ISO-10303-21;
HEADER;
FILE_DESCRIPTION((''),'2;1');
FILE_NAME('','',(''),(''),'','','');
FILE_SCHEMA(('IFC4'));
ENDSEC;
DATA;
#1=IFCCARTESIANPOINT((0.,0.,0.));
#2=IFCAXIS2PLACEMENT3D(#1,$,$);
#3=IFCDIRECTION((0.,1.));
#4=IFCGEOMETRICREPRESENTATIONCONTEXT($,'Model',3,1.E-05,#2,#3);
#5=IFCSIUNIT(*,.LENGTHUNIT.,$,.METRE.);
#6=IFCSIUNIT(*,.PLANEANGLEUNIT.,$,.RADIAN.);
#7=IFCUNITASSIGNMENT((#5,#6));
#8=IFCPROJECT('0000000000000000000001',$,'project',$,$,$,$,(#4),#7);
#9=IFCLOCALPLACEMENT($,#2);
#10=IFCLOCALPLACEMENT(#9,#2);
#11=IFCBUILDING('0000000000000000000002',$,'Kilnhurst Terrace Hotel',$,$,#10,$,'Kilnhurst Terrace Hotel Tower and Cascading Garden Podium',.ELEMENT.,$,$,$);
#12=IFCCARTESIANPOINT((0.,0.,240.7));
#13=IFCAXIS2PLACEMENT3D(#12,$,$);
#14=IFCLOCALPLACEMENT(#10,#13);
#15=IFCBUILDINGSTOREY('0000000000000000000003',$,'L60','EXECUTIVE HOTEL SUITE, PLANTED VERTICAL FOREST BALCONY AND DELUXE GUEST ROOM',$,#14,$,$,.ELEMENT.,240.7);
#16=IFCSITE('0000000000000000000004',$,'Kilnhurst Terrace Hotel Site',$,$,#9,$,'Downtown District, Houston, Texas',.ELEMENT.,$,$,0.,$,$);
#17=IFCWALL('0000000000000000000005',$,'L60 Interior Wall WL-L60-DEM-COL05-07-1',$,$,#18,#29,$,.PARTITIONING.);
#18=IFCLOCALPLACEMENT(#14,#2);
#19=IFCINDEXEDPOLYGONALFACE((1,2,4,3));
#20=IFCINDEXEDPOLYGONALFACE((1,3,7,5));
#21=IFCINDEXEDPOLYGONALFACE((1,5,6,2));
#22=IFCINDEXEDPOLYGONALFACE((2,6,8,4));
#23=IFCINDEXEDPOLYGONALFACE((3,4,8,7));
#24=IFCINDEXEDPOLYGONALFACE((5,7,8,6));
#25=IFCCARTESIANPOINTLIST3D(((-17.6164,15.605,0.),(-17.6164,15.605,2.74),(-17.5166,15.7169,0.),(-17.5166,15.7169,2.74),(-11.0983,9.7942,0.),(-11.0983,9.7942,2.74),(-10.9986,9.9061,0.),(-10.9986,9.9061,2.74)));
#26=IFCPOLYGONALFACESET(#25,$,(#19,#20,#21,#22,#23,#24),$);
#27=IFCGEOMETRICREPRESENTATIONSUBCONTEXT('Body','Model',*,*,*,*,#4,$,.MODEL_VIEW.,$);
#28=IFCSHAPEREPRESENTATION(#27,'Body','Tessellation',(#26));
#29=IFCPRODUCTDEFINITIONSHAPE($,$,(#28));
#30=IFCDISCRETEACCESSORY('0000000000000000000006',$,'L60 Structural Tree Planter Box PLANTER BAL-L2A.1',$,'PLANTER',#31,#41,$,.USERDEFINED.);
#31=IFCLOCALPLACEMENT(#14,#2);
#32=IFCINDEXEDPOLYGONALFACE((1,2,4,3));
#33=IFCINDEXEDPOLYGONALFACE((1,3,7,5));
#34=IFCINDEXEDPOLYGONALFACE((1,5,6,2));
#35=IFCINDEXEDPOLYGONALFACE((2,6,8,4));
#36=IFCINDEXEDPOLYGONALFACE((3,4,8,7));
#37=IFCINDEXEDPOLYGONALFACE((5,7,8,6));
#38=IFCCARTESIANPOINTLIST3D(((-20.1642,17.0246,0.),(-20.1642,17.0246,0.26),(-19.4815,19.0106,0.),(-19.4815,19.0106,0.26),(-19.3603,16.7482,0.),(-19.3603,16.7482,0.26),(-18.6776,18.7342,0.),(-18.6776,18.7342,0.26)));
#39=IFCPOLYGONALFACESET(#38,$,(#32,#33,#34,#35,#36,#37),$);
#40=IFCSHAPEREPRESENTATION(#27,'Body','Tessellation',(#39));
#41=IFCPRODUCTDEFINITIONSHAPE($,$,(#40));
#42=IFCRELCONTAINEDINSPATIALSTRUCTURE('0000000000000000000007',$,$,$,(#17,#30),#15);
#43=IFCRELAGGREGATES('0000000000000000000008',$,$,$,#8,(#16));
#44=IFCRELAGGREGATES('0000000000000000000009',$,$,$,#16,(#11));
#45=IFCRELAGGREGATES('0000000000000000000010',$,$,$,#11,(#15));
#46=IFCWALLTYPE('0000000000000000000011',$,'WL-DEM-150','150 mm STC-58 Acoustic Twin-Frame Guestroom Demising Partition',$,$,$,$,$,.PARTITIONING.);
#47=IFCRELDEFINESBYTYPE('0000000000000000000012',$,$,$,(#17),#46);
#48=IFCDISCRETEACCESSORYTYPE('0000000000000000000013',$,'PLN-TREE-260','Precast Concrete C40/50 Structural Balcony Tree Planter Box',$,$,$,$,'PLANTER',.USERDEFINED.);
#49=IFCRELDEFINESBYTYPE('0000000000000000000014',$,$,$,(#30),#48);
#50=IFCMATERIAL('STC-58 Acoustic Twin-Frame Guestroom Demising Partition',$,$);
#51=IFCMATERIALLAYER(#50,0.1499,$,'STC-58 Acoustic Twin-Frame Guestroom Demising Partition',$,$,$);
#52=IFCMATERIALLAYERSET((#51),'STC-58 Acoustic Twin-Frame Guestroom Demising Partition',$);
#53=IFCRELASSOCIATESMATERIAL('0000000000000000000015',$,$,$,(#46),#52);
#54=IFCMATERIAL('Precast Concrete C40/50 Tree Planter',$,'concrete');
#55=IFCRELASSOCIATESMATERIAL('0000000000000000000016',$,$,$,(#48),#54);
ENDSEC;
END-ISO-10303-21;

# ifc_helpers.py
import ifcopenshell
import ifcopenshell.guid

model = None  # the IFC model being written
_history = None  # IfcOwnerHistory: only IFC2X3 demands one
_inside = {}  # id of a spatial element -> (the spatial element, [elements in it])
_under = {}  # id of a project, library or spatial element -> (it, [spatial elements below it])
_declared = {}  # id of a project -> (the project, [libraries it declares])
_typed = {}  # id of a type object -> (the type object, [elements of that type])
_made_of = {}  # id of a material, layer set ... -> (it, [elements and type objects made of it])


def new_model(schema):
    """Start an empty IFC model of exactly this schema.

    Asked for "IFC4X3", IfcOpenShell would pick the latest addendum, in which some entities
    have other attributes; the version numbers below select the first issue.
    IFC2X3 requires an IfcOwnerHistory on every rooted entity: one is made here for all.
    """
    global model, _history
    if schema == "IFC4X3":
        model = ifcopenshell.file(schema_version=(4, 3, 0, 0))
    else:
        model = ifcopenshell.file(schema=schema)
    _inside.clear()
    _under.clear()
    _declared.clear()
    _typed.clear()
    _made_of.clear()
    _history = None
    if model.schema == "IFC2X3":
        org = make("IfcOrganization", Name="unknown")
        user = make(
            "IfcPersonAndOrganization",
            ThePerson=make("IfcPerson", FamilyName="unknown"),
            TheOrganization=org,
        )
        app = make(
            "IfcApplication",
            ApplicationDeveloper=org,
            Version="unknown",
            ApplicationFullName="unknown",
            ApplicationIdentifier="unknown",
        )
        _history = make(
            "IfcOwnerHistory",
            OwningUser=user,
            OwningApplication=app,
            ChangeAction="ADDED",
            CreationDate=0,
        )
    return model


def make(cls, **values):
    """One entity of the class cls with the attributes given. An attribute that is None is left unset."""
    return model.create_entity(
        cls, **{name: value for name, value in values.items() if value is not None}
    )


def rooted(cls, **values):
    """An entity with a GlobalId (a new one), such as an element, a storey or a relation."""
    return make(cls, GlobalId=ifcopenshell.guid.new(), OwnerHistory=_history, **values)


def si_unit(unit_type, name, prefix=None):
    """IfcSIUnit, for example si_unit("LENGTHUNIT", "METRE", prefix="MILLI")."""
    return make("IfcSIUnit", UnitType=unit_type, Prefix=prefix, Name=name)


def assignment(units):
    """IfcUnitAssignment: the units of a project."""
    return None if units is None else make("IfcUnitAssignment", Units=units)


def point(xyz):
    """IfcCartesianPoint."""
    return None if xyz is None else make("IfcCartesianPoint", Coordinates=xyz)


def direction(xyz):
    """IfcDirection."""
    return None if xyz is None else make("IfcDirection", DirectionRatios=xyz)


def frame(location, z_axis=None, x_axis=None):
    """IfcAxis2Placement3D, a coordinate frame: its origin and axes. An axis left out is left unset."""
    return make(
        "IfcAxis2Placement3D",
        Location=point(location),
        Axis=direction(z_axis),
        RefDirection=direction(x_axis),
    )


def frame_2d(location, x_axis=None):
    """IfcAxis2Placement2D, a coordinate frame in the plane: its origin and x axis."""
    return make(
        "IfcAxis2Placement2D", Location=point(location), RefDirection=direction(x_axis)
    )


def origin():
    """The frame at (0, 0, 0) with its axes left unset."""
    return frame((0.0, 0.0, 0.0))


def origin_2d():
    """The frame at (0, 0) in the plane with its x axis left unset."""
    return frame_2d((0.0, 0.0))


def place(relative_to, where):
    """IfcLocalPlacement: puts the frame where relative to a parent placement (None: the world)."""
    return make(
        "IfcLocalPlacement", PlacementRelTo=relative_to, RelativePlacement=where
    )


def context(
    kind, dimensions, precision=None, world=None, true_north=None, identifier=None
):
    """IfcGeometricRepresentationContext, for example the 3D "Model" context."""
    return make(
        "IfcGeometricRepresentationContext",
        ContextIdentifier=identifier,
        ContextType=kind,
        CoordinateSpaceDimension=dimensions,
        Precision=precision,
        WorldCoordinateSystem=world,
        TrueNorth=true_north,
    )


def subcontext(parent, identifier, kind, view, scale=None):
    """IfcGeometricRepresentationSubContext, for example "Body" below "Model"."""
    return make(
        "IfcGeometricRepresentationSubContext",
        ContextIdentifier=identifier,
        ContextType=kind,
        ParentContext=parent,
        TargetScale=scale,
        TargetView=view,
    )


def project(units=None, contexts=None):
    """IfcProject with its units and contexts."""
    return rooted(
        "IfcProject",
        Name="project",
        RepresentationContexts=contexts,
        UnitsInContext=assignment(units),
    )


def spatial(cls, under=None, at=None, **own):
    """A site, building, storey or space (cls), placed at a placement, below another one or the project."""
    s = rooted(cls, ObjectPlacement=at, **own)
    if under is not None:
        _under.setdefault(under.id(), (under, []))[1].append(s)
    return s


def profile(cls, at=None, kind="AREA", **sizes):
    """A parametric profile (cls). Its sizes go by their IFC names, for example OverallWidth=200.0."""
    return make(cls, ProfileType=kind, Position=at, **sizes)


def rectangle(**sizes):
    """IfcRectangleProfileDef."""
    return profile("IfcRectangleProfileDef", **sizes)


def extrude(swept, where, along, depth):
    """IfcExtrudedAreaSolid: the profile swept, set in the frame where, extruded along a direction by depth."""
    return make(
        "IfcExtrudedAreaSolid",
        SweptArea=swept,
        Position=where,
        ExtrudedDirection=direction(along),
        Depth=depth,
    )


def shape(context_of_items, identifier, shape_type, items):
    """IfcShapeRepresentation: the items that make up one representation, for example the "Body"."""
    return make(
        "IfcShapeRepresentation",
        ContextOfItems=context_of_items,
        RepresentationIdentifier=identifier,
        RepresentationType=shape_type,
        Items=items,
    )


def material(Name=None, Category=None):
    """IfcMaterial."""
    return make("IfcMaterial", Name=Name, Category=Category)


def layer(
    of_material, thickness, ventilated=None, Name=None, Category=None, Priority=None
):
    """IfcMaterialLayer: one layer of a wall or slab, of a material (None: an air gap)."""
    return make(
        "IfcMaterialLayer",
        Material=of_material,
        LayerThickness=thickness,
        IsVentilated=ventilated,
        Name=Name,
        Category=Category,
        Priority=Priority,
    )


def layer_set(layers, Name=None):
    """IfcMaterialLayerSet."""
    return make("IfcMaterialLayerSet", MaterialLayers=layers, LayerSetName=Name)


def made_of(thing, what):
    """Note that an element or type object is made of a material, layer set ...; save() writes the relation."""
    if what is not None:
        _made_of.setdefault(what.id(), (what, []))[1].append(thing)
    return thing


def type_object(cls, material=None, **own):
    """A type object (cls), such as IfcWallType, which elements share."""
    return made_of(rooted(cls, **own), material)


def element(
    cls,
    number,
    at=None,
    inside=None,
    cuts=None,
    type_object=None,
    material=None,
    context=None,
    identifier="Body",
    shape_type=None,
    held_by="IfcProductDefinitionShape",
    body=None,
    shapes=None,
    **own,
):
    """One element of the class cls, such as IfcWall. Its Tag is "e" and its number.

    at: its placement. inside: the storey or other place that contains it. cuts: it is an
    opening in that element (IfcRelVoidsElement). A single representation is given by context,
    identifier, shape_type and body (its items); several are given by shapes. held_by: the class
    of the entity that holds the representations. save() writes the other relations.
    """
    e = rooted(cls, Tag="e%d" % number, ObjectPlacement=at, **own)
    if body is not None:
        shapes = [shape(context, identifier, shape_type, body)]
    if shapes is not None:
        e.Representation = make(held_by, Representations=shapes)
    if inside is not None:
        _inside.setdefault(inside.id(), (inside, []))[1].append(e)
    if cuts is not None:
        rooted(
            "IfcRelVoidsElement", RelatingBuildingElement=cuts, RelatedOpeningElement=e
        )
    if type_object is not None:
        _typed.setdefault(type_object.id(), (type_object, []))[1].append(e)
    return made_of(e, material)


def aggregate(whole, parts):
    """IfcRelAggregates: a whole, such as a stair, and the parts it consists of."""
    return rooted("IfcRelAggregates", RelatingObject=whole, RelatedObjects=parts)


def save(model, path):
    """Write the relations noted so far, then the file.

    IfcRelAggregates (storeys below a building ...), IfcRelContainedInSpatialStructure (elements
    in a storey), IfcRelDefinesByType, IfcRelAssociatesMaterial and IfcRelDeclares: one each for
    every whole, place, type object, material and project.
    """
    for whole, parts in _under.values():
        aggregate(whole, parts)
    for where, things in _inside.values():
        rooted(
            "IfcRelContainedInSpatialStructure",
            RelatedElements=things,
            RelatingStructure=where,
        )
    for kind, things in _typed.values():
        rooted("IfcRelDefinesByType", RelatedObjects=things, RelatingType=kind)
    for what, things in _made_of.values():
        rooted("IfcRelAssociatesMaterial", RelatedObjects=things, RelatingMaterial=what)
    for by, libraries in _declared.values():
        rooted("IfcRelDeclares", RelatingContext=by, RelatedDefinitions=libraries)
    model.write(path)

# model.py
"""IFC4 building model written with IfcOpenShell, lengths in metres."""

from ifc_helpers import new_model, si_unit, direction, frame, frame_2d, origin, origin_2d, place, context, subcontext, project, spatial, rectangle, extrude, material, layer, layer_set, type_object, element, save


model = new_model("IFC4")

# Units and contexts
model_context = context("Model", 3, precision=1e-05, world=origin(), true_north=direction((0.0, 1.0)))
body_context = subcontext(model_context, "Body", "Model", "MODEL_VIEW")
ifc_project = project(units=[si_unit("LENGTHUNIT", "METRE"), si_unit("PLANEANGLEUNIT", "RADIAN")], contexts=[model_context])

# Site, building, storey
site_placement = place(None, origin())
site = spatial("IfcSite", under=ifc_project, at=site_placement, Name="Kilnhurst Terrace Hotel Site", LongName="Downtown District, Houston, Texas", CompositionType="ELEMENT", RefElevation=0.0)
building_placement = place(site_placement, origin())
building = spatial("IfcBuilding", under=site, at=building_placement, Name="Kilnhurst Terrace Hotel", LongName="Kilnhurst Terrace Hotel Tower and Cascading Garden Podium", CompositionType="ELEMENT")
storey_placement = place(building_placement, frame((0.0, 0.0, 240.7)))
storey = spatial("IfcBuildingStorey", under=building, at=storey_placement, Name="L60", Description="EXECUTIVE HOTEL SUITE, PLANTED VERTICAL FOREST BALCONY AND DELUXE GUEST ROOM", CompositionType="ELEMENT", Elevation=240.7)

# Wall
ifc_material_1 = material(Name="STC-58 Acoustic Twin-Frame Guestroom Demising Partition")
ifc_layer_1 = layer(ifc_material_1, 0.1499, Name="STC-58 Acoustic Twin-Frame Guestroom Demising Partition")
ifc_layer_set_1 = layer_set([ifc_layer_1], Name="STC-58 Acoustic Twin-Frame Guestroom Demising Partition")
wall_type_1 = type_object("IfcWallType", Name="WL-DEM-150", Description="150 mm STC-58 Acoustic Twin-Frame Guestroom Demising Partition", PredefinedType="PARTITIONING", material=ifc_layer_set_1)
wall_1_placement = place(storey_placement, frame((-11.0483, 9.8501, 0.0), z_axis=(0.0, 0.0, 1.0), x_axis=(-0.746444, 0.665448, 0.0)))
element("IfcWall", 1, at=wall_1_placement, inside=storey, type_object=wall_type_1, Name="L60 Interior Wall WL-L60-DEM-COL05-07-1", PredefinedType="PARTITIONING", context=body_context, shape_type="SweptSolid", body=[
    extrude(rectangle(XDim=8.7322, YDim=0.1499, at=frame_2d((4.3662, 0.0))), origin(), (0.0, 0.0, 1.0), 2.74),
])

# Discrete accessory
ifc_material_2 = material(Name="Precast Concrete C40/50 Tree Planter", Category="concrete")
discrete_accessory_type = type_object("IfcDiscreteAccessoryType", Name="PLN-TREE-260", Description="Precast Concrete C40/50 Structural Balcony Tree Planter Box", ElementType="PLANTER", PredefinedType="USERDEFINED", material=ifc_material_2)
discrete_accessory_placement = place(storey_placement, frame((-19.4209, 17.8794, 0.0), z_axis=(0.0, 0.0, 1.0), x_axis=(-0.32509, -0.945683, 0.0)))
element("IfcDiscreteAccessory", 2, at=discrete_accessory_placement, inside=storey, type_object=discrete_accessory_type, Name="L60 Structural Tree Planter Box PLANTER BAL-L2A.1", ObjectType="PLANTER", PredefinedType="USERDEFINED", context=body_context, shape_type="SweptSolid", body=[
    extrude(rectangle(XDim=2.1001, YDim=0.8501, at=origin_2d()), origin(), (0.0, 0.0, 1.0), 0.26),
])

save(model, "model.ifc")
